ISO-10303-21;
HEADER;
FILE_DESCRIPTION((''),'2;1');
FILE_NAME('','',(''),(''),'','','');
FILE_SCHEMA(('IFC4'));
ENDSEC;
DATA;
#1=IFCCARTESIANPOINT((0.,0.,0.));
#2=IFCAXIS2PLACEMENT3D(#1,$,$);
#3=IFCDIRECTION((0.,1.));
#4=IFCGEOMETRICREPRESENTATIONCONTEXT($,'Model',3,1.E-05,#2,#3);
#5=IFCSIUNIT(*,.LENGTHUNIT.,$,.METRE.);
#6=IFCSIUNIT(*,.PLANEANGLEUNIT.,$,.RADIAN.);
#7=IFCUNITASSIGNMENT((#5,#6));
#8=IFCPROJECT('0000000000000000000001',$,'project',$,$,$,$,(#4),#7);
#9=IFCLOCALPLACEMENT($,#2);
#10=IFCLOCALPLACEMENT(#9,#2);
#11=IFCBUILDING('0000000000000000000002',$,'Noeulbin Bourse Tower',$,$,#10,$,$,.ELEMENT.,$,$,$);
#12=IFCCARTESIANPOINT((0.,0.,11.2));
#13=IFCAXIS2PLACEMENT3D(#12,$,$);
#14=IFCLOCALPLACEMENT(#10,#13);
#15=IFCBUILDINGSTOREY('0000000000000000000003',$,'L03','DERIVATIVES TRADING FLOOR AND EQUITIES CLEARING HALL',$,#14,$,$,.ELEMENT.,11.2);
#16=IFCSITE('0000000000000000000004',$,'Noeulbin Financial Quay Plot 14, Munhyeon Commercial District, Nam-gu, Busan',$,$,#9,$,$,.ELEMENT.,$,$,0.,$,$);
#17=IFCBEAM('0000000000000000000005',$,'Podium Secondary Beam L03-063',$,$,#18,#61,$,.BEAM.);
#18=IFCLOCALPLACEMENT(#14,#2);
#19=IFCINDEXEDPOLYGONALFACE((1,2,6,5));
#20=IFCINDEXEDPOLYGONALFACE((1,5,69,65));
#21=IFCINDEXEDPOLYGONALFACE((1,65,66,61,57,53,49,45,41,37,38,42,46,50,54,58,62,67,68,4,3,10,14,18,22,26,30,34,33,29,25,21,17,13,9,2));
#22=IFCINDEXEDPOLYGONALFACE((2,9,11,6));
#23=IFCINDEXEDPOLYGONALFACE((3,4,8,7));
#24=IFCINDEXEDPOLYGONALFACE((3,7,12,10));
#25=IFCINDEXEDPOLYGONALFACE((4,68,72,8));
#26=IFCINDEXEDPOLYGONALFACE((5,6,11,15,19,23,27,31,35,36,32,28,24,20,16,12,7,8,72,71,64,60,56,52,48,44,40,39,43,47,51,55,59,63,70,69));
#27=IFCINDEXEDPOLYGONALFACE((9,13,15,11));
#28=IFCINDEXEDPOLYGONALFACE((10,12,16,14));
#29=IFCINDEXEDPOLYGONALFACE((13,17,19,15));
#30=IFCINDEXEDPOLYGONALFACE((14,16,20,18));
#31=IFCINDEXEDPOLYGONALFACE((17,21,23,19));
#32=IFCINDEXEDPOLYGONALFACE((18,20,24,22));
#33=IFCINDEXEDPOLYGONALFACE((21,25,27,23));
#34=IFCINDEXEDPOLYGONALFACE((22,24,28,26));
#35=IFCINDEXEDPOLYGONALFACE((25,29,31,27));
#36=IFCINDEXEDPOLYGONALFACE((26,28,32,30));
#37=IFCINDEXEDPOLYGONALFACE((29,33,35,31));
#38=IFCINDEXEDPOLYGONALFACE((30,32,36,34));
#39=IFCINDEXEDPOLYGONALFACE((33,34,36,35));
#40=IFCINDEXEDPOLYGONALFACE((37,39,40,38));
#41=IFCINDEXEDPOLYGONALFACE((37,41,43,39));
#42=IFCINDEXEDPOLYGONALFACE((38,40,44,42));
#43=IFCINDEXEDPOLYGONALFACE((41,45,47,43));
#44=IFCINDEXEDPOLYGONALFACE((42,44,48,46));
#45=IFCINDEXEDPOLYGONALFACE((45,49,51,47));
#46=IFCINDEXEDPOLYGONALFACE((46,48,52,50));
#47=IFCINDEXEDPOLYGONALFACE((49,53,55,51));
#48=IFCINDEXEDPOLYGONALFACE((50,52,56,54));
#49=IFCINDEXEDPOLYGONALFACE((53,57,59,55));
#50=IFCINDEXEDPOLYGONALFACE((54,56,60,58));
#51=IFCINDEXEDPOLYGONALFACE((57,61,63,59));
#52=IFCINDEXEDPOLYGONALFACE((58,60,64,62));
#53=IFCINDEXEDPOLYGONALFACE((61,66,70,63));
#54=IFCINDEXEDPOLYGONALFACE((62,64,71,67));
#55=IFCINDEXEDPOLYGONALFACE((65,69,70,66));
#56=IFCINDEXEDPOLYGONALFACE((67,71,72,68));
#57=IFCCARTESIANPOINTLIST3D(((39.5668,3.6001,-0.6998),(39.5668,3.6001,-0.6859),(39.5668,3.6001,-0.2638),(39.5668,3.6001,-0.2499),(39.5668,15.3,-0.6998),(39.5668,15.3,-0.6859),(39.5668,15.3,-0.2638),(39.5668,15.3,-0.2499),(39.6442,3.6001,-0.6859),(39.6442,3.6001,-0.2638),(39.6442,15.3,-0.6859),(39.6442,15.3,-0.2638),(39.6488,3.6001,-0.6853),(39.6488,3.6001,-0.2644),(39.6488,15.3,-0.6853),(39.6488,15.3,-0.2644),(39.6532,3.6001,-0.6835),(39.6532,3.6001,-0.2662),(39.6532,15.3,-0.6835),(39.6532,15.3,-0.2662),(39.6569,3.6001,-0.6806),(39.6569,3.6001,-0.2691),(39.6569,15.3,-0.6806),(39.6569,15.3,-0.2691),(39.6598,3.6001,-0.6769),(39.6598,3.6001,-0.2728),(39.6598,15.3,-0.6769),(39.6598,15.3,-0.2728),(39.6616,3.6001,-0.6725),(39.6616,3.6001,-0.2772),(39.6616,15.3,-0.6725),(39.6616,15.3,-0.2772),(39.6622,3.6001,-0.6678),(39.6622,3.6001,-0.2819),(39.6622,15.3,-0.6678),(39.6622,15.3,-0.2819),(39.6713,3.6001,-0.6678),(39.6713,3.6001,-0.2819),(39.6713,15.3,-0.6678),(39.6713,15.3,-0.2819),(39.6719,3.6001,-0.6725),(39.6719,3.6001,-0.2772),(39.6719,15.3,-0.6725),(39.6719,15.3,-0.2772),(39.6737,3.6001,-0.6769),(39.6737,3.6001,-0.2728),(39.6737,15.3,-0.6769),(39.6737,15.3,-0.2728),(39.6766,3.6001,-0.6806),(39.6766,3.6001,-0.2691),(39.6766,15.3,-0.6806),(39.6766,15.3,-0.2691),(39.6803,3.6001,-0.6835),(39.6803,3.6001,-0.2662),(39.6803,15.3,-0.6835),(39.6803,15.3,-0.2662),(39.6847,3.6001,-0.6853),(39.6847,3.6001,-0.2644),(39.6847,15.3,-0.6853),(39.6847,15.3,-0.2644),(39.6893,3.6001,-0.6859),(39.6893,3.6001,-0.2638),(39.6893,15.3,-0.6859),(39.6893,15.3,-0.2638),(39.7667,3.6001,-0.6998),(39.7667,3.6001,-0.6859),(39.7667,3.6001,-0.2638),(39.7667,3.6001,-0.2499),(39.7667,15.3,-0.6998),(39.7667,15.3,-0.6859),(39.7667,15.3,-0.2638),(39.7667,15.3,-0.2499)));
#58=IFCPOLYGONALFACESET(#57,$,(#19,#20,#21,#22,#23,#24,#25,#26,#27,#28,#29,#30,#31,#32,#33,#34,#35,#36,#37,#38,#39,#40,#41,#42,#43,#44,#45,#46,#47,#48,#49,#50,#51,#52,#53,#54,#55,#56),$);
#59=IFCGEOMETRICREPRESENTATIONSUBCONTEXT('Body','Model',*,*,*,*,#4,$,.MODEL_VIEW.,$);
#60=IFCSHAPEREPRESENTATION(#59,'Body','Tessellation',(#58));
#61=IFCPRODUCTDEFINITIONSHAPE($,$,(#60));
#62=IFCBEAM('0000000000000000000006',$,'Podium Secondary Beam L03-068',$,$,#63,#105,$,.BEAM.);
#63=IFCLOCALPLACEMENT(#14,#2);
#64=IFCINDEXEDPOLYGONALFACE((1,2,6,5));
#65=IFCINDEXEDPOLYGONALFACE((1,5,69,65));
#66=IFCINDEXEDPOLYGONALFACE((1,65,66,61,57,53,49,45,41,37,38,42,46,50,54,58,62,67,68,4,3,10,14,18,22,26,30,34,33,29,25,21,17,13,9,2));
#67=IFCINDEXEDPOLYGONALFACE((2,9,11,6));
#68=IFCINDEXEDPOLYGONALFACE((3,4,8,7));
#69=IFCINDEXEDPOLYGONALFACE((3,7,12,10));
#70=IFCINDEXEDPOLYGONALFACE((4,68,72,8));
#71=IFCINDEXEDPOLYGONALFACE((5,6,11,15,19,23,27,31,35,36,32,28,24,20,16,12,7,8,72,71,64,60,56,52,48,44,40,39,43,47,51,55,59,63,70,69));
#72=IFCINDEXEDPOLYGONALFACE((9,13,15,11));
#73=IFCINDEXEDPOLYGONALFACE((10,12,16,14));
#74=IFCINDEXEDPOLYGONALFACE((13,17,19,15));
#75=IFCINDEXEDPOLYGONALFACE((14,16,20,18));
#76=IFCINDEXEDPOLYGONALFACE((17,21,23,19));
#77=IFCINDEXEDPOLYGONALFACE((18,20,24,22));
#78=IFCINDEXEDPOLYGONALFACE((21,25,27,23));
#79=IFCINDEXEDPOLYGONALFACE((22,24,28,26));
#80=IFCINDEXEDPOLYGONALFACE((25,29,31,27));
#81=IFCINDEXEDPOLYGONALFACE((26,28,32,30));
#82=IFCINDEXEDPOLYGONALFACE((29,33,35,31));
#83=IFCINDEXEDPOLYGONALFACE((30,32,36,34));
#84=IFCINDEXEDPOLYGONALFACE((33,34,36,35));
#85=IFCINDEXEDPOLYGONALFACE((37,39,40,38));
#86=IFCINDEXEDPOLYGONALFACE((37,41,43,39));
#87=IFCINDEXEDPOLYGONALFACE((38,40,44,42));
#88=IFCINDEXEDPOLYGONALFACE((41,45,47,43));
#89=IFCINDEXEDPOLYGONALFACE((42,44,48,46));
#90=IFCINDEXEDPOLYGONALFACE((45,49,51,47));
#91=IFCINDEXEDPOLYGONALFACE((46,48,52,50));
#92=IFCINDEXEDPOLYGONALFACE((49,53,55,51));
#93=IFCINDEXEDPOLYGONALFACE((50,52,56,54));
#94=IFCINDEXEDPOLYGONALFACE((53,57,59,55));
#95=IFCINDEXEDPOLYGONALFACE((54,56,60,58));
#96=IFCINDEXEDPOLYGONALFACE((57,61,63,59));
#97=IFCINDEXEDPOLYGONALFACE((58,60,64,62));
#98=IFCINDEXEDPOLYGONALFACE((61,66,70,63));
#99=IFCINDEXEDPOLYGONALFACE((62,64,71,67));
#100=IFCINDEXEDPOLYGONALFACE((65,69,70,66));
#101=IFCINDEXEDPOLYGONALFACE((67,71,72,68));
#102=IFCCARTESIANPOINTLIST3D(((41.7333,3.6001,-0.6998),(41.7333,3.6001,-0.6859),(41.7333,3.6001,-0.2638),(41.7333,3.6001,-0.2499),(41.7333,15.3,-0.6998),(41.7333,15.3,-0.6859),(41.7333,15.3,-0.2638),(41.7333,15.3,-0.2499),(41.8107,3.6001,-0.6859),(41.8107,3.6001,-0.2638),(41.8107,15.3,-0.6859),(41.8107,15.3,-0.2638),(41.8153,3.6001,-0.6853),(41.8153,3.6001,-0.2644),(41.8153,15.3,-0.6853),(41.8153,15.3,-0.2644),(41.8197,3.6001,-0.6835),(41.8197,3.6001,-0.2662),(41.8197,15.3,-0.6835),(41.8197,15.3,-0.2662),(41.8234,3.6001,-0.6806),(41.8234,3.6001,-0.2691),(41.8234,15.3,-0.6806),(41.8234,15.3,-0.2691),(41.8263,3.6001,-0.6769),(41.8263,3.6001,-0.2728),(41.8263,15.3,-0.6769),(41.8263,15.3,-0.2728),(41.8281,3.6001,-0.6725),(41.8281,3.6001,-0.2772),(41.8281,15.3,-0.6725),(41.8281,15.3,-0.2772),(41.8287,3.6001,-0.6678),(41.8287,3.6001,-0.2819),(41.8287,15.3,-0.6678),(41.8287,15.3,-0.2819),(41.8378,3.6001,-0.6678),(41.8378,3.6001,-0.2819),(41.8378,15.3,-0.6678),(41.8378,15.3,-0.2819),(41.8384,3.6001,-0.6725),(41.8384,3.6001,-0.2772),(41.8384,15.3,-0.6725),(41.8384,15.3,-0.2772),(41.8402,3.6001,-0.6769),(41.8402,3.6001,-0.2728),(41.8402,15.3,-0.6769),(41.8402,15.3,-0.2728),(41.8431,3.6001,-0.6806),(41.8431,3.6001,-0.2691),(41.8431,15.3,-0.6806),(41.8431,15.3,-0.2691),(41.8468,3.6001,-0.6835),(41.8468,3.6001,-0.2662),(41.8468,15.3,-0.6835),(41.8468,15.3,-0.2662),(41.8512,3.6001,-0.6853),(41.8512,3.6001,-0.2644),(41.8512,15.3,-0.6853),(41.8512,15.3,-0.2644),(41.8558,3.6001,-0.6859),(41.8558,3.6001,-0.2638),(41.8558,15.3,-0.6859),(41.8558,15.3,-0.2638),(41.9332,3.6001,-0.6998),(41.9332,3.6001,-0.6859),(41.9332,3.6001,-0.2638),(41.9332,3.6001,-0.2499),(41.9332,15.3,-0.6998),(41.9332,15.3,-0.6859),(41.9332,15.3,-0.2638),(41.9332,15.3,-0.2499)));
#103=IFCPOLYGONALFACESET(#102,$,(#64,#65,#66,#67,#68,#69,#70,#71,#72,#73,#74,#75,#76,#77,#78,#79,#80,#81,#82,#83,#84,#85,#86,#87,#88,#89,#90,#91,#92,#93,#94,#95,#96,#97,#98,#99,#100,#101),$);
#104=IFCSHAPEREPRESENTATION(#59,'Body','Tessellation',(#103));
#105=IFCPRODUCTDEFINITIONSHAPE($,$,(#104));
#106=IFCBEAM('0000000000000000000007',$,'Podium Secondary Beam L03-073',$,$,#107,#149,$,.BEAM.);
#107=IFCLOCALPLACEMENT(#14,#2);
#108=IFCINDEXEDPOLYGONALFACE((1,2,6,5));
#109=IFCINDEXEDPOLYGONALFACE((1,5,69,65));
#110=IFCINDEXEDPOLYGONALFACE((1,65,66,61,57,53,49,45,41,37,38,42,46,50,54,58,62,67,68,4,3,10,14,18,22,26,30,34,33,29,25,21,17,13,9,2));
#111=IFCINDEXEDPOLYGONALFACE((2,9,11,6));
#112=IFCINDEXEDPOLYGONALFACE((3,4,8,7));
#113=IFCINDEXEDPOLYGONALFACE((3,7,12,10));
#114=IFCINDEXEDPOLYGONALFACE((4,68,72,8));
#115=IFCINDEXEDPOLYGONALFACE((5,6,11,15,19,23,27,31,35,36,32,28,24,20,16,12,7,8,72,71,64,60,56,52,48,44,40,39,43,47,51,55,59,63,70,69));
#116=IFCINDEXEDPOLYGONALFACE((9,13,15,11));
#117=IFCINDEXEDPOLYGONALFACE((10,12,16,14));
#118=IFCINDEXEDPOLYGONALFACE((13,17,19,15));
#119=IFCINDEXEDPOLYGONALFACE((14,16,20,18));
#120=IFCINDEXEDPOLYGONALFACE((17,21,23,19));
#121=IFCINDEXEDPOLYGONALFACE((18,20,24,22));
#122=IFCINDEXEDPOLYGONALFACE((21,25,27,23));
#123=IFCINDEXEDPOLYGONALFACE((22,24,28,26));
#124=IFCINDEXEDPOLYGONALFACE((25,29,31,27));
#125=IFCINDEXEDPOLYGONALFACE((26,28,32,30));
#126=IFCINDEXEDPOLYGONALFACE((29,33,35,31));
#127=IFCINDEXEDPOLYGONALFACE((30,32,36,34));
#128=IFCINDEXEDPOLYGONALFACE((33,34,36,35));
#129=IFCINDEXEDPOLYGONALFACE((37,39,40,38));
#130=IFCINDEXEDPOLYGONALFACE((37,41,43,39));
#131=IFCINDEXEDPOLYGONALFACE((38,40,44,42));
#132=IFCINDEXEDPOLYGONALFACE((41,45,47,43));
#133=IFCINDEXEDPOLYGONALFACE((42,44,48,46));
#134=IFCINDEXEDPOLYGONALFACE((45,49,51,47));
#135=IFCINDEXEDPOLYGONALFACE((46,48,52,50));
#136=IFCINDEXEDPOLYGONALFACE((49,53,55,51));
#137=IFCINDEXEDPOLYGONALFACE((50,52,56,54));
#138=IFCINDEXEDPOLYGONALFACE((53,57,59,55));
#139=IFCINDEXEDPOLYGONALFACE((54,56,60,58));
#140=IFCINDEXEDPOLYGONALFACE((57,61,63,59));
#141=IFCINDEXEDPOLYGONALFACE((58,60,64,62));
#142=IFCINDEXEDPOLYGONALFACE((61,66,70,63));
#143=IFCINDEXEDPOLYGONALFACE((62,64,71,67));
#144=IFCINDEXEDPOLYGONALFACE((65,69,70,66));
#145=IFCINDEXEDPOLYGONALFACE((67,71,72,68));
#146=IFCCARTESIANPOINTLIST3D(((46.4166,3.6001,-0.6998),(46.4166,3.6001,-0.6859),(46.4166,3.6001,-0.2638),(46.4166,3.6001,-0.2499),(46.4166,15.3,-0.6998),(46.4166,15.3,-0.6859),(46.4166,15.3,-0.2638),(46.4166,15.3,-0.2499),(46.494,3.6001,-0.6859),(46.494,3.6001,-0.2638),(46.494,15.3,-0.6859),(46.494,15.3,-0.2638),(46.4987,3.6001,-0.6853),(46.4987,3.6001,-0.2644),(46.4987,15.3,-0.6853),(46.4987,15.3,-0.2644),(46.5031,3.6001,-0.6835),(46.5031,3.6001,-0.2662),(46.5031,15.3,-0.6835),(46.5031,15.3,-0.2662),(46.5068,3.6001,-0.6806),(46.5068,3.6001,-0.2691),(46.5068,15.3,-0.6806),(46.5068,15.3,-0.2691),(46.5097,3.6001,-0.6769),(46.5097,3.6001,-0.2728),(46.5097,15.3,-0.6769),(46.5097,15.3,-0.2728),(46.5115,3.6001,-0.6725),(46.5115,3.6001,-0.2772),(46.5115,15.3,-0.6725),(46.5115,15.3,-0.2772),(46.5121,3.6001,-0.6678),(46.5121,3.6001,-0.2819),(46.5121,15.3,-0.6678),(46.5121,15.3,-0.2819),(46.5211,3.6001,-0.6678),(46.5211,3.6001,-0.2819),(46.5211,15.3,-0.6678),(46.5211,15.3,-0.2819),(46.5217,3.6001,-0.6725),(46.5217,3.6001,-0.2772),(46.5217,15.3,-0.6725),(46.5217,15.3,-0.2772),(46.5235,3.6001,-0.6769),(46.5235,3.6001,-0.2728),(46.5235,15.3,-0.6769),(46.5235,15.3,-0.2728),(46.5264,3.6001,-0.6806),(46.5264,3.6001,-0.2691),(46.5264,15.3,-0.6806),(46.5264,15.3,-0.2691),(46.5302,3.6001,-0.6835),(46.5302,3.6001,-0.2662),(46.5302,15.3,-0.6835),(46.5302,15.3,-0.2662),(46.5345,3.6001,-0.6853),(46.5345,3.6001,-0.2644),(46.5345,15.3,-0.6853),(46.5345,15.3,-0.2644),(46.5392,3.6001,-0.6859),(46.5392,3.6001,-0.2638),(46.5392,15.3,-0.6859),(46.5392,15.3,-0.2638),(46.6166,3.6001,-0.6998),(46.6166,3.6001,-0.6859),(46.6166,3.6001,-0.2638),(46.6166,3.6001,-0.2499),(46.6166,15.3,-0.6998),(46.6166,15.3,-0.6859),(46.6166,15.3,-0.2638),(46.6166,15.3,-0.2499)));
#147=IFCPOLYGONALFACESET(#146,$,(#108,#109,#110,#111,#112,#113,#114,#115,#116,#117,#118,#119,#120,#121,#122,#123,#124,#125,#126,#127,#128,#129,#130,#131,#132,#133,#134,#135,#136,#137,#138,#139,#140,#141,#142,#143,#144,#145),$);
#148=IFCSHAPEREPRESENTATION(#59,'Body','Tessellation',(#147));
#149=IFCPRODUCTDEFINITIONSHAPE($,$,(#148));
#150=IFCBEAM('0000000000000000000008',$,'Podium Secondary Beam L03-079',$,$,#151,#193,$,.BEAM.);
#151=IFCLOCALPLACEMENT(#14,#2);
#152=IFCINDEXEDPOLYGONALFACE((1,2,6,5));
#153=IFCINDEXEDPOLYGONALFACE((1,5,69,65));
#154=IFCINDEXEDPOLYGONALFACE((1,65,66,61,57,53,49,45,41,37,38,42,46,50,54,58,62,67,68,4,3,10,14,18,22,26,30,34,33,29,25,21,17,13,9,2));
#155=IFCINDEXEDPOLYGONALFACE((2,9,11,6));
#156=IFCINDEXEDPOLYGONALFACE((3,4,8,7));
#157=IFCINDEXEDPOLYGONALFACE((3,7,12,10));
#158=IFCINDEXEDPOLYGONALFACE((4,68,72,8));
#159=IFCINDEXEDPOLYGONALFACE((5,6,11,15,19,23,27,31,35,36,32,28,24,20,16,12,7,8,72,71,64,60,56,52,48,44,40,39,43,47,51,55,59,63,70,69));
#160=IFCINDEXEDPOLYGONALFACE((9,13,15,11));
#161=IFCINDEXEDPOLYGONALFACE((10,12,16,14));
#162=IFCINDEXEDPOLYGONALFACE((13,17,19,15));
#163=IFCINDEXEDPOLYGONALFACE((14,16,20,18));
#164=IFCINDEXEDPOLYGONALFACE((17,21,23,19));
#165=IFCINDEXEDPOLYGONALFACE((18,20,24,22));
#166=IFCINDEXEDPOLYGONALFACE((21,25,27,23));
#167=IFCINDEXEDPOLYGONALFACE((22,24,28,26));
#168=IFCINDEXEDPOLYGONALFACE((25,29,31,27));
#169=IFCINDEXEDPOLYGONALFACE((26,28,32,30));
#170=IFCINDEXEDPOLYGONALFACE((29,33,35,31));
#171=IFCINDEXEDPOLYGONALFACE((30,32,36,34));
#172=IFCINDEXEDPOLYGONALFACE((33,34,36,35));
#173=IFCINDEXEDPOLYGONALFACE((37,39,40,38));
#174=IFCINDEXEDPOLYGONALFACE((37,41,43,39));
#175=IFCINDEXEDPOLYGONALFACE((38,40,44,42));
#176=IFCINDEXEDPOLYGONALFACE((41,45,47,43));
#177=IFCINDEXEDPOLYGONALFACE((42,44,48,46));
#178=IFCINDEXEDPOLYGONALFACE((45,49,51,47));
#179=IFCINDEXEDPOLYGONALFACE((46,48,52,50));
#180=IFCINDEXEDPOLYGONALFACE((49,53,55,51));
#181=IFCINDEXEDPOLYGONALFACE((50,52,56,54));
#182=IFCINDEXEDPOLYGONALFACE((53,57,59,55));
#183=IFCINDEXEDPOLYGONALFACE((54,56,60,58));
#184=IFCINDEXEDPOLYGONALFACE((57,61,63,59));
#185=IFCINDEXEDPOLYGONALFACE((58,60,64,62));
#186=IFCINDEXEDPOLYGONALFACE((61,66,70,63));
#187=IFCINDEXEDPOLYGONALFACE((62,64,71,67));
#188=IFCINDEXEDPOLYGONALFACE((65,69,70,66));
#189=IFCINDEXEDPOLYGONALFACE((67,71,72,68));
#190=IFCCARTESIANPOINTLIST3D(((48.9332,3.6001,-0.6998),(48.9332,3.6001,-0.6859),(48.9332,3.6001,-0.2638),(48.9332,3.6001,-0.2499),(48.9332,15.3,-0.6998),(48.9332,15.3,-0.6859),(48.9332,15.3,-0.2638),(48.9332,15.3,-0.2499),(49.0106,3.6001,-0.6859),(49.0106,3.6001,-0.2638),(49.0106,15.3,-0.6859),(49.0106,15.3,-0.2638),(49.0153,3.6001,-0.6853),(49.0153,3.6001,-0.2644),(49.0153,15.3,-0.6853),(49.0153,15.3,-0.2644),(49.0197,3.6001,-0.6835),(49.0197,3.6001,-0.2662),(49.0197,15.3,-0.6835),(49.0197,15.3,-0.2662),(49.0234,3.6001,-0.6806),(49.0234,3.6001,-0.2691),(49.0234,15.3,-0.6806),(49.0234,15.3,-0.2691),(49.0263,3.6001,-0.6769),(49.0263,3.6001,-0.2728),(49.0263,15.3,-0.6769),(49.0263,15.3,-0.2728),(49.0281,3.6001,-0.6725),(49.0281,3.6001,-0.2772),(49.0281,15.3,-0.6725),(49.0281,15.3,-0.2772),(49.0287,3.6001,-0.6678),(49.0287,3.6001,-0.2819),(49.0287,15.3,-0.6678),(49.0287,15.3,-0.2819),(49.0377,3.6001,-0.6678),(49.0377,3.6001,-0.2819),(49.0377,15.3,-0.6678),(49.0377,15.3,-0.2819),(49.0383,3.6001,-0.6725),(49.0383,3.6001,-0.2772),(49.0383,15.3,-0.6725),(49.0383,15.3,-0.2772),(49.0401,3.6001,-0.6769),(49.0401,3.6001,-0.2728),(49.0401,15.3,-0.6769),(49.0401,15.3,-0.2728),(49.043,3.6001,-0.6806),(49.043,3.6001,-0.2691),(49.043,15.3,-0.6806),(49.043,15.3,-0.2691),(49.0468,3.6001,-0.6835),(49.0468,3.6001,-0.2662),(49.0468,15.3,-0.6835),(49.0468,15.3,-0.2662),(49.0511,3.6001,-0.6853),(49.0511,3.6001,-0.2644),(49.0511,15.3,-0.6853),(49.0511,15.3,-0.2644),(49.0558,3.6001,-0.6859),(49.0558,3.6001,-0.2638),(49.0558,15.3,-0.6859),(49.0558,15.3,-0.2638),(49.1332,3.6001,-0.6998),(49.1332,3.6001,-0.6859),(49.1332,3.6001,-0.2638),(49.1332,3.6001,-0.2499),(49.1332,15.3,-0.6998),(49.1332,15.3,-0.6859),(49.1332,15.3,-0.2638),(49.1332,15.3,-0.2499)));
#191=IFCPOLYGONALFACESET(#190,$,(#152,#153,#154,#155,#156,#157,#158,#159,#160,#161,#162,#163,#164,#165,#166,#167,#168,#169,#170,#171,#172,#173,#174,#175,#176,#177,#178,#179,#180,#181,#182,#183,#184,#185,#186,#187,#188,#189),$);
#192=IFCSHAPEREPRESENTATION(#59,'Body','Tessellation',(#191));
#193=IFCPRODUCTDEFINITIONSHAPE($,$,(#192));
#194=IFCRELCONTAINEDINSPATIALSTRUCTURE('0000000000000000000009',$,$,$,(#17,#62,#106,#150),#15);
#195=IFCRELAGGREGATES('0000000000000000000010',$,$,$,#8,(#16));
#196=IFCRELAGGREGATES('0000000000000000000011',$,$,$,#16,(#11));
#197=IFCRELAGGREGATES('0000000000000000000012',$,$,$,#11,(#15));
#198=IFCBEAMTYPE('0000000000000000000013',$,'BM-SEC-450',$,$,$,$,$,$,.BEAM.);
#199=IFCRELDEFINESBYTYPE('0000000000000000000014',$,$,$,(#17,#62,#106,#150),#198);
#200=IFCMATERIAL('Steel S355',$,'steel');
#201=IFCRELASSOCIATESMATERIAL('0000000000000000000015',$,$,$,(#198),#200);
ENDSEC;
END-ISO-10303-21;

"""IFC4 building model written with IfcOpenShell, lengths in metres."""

from ifc_helpers import new_model, si_unit, direction, frame, origin, origin_2d, place, context, subcontext, project, spatial, i_section, extrude, material, material_profile, profile_set, type_object, element, save


model = new_model("IFC4")

# Units and contexts
model_context = context("Model", 3, precision=1e-05, world=origin(), true_north=direction((0.0, 1.0)))
body_context = subcontext(model_context, "Body", "Model", "MODEL_VIEW")
ifc_project = project(units=[si_unit("LENGTHUNIT", "METRE"), si_unit("PLANEANGLEUNIT", "RADIAN")], contexts=[model_context])

# Site, building, storey
site_placement = place(None, origin())
site = spatial("IfcSite", under=ifc_project, at=site_placement, Name="Noeulbin Financial Quay Plot 14, Munhyeon Commercial District, Nam-gu, Busan", CompositionType="ELEMENT", RefElevation=0.0)
building_placement = place(site_placement, origin())
building = spatial("IfcBuilding", under=site, at=building_placement, Name="Noeulbin Bourse Tower", CompositionType="ELEMENT")
storey_placement = place(building_placement, frame((0.0, 0.0, 11.2)))
storey = spatial("IfcBuildingStorey", under=building, at=storey_placement, Name="L03", Description="DERIVATIVES TRADING FLOOR AND EQUITIES CLEARING HALL", CompositionType="ELEMENT", Elevation=11.2)

# Beams
ifc_material_1 = material(Name="Steel S355", Category="steel")
ifc_material_profile_1 = material_profile(ifc_material_1, i_section(OverallWidth=0.2, OverallDepth=0.45, WebThickness=0.009, FlangeThickness=0.0139, FilletRadius=0.0181, at=origin_2d()), Name="H-450x200x9x14", Category="LoadBearing")
ifc_profile_set_1 = profile_set([ifc_material_profile_1], Name="Steel S355")
beam_type_1 = type_object("IfcBeamType", Name="BM-SEC-450", PredefinedType="BEAM", material=ifc_profile_set_1)
for number, where, z_axis, x_axis, name in (
    (1, (39.6667, 3.6001, -0.4749), (0.0, 1.0, 0.0), (-1.0, 0.0, 0.0), "Podium Secondary Beam L03-063"),
    (2, (41.8333, 3.6001, -0.4749), (0.0, 1.0, 0.0), (-1.0, 0.0, 0.0), "Podium Secondary Beam L03-068"),
    (3, (46.5166, 3.6001, -0.4749), (0.0, 1.0, 0.0), (-1.0, 0.0, 0.0), "Podium Secondary Beam L03-073"),
    (4, (49.0332, 3.6001, -0.4749), (0.0, 1.0, 0.0), (-1.0, 0.0, 0.0), "Podium Secondary Beam L03-079"),
):
    element("IfcBeam", number, at=place(storey_placement, frame(where, z_axis=z_axis, x_axis=x_axis)), inside=storey, type_object=beam_type_1, Name=name, PredefinedType="BEAM", context=body_context, shape_type="SweptSolid", body=[
        extrude(i_section(OverallWidth=0.2, OverallDepth=0.45, WebThickness=0.009, FlangeThickness=0.0139, FilletRadius=0.0181, at=origin_2d()), origin(), (0.0, 0.0, 1.0), 11.7),
    ])

save(model, "model.ifc")
